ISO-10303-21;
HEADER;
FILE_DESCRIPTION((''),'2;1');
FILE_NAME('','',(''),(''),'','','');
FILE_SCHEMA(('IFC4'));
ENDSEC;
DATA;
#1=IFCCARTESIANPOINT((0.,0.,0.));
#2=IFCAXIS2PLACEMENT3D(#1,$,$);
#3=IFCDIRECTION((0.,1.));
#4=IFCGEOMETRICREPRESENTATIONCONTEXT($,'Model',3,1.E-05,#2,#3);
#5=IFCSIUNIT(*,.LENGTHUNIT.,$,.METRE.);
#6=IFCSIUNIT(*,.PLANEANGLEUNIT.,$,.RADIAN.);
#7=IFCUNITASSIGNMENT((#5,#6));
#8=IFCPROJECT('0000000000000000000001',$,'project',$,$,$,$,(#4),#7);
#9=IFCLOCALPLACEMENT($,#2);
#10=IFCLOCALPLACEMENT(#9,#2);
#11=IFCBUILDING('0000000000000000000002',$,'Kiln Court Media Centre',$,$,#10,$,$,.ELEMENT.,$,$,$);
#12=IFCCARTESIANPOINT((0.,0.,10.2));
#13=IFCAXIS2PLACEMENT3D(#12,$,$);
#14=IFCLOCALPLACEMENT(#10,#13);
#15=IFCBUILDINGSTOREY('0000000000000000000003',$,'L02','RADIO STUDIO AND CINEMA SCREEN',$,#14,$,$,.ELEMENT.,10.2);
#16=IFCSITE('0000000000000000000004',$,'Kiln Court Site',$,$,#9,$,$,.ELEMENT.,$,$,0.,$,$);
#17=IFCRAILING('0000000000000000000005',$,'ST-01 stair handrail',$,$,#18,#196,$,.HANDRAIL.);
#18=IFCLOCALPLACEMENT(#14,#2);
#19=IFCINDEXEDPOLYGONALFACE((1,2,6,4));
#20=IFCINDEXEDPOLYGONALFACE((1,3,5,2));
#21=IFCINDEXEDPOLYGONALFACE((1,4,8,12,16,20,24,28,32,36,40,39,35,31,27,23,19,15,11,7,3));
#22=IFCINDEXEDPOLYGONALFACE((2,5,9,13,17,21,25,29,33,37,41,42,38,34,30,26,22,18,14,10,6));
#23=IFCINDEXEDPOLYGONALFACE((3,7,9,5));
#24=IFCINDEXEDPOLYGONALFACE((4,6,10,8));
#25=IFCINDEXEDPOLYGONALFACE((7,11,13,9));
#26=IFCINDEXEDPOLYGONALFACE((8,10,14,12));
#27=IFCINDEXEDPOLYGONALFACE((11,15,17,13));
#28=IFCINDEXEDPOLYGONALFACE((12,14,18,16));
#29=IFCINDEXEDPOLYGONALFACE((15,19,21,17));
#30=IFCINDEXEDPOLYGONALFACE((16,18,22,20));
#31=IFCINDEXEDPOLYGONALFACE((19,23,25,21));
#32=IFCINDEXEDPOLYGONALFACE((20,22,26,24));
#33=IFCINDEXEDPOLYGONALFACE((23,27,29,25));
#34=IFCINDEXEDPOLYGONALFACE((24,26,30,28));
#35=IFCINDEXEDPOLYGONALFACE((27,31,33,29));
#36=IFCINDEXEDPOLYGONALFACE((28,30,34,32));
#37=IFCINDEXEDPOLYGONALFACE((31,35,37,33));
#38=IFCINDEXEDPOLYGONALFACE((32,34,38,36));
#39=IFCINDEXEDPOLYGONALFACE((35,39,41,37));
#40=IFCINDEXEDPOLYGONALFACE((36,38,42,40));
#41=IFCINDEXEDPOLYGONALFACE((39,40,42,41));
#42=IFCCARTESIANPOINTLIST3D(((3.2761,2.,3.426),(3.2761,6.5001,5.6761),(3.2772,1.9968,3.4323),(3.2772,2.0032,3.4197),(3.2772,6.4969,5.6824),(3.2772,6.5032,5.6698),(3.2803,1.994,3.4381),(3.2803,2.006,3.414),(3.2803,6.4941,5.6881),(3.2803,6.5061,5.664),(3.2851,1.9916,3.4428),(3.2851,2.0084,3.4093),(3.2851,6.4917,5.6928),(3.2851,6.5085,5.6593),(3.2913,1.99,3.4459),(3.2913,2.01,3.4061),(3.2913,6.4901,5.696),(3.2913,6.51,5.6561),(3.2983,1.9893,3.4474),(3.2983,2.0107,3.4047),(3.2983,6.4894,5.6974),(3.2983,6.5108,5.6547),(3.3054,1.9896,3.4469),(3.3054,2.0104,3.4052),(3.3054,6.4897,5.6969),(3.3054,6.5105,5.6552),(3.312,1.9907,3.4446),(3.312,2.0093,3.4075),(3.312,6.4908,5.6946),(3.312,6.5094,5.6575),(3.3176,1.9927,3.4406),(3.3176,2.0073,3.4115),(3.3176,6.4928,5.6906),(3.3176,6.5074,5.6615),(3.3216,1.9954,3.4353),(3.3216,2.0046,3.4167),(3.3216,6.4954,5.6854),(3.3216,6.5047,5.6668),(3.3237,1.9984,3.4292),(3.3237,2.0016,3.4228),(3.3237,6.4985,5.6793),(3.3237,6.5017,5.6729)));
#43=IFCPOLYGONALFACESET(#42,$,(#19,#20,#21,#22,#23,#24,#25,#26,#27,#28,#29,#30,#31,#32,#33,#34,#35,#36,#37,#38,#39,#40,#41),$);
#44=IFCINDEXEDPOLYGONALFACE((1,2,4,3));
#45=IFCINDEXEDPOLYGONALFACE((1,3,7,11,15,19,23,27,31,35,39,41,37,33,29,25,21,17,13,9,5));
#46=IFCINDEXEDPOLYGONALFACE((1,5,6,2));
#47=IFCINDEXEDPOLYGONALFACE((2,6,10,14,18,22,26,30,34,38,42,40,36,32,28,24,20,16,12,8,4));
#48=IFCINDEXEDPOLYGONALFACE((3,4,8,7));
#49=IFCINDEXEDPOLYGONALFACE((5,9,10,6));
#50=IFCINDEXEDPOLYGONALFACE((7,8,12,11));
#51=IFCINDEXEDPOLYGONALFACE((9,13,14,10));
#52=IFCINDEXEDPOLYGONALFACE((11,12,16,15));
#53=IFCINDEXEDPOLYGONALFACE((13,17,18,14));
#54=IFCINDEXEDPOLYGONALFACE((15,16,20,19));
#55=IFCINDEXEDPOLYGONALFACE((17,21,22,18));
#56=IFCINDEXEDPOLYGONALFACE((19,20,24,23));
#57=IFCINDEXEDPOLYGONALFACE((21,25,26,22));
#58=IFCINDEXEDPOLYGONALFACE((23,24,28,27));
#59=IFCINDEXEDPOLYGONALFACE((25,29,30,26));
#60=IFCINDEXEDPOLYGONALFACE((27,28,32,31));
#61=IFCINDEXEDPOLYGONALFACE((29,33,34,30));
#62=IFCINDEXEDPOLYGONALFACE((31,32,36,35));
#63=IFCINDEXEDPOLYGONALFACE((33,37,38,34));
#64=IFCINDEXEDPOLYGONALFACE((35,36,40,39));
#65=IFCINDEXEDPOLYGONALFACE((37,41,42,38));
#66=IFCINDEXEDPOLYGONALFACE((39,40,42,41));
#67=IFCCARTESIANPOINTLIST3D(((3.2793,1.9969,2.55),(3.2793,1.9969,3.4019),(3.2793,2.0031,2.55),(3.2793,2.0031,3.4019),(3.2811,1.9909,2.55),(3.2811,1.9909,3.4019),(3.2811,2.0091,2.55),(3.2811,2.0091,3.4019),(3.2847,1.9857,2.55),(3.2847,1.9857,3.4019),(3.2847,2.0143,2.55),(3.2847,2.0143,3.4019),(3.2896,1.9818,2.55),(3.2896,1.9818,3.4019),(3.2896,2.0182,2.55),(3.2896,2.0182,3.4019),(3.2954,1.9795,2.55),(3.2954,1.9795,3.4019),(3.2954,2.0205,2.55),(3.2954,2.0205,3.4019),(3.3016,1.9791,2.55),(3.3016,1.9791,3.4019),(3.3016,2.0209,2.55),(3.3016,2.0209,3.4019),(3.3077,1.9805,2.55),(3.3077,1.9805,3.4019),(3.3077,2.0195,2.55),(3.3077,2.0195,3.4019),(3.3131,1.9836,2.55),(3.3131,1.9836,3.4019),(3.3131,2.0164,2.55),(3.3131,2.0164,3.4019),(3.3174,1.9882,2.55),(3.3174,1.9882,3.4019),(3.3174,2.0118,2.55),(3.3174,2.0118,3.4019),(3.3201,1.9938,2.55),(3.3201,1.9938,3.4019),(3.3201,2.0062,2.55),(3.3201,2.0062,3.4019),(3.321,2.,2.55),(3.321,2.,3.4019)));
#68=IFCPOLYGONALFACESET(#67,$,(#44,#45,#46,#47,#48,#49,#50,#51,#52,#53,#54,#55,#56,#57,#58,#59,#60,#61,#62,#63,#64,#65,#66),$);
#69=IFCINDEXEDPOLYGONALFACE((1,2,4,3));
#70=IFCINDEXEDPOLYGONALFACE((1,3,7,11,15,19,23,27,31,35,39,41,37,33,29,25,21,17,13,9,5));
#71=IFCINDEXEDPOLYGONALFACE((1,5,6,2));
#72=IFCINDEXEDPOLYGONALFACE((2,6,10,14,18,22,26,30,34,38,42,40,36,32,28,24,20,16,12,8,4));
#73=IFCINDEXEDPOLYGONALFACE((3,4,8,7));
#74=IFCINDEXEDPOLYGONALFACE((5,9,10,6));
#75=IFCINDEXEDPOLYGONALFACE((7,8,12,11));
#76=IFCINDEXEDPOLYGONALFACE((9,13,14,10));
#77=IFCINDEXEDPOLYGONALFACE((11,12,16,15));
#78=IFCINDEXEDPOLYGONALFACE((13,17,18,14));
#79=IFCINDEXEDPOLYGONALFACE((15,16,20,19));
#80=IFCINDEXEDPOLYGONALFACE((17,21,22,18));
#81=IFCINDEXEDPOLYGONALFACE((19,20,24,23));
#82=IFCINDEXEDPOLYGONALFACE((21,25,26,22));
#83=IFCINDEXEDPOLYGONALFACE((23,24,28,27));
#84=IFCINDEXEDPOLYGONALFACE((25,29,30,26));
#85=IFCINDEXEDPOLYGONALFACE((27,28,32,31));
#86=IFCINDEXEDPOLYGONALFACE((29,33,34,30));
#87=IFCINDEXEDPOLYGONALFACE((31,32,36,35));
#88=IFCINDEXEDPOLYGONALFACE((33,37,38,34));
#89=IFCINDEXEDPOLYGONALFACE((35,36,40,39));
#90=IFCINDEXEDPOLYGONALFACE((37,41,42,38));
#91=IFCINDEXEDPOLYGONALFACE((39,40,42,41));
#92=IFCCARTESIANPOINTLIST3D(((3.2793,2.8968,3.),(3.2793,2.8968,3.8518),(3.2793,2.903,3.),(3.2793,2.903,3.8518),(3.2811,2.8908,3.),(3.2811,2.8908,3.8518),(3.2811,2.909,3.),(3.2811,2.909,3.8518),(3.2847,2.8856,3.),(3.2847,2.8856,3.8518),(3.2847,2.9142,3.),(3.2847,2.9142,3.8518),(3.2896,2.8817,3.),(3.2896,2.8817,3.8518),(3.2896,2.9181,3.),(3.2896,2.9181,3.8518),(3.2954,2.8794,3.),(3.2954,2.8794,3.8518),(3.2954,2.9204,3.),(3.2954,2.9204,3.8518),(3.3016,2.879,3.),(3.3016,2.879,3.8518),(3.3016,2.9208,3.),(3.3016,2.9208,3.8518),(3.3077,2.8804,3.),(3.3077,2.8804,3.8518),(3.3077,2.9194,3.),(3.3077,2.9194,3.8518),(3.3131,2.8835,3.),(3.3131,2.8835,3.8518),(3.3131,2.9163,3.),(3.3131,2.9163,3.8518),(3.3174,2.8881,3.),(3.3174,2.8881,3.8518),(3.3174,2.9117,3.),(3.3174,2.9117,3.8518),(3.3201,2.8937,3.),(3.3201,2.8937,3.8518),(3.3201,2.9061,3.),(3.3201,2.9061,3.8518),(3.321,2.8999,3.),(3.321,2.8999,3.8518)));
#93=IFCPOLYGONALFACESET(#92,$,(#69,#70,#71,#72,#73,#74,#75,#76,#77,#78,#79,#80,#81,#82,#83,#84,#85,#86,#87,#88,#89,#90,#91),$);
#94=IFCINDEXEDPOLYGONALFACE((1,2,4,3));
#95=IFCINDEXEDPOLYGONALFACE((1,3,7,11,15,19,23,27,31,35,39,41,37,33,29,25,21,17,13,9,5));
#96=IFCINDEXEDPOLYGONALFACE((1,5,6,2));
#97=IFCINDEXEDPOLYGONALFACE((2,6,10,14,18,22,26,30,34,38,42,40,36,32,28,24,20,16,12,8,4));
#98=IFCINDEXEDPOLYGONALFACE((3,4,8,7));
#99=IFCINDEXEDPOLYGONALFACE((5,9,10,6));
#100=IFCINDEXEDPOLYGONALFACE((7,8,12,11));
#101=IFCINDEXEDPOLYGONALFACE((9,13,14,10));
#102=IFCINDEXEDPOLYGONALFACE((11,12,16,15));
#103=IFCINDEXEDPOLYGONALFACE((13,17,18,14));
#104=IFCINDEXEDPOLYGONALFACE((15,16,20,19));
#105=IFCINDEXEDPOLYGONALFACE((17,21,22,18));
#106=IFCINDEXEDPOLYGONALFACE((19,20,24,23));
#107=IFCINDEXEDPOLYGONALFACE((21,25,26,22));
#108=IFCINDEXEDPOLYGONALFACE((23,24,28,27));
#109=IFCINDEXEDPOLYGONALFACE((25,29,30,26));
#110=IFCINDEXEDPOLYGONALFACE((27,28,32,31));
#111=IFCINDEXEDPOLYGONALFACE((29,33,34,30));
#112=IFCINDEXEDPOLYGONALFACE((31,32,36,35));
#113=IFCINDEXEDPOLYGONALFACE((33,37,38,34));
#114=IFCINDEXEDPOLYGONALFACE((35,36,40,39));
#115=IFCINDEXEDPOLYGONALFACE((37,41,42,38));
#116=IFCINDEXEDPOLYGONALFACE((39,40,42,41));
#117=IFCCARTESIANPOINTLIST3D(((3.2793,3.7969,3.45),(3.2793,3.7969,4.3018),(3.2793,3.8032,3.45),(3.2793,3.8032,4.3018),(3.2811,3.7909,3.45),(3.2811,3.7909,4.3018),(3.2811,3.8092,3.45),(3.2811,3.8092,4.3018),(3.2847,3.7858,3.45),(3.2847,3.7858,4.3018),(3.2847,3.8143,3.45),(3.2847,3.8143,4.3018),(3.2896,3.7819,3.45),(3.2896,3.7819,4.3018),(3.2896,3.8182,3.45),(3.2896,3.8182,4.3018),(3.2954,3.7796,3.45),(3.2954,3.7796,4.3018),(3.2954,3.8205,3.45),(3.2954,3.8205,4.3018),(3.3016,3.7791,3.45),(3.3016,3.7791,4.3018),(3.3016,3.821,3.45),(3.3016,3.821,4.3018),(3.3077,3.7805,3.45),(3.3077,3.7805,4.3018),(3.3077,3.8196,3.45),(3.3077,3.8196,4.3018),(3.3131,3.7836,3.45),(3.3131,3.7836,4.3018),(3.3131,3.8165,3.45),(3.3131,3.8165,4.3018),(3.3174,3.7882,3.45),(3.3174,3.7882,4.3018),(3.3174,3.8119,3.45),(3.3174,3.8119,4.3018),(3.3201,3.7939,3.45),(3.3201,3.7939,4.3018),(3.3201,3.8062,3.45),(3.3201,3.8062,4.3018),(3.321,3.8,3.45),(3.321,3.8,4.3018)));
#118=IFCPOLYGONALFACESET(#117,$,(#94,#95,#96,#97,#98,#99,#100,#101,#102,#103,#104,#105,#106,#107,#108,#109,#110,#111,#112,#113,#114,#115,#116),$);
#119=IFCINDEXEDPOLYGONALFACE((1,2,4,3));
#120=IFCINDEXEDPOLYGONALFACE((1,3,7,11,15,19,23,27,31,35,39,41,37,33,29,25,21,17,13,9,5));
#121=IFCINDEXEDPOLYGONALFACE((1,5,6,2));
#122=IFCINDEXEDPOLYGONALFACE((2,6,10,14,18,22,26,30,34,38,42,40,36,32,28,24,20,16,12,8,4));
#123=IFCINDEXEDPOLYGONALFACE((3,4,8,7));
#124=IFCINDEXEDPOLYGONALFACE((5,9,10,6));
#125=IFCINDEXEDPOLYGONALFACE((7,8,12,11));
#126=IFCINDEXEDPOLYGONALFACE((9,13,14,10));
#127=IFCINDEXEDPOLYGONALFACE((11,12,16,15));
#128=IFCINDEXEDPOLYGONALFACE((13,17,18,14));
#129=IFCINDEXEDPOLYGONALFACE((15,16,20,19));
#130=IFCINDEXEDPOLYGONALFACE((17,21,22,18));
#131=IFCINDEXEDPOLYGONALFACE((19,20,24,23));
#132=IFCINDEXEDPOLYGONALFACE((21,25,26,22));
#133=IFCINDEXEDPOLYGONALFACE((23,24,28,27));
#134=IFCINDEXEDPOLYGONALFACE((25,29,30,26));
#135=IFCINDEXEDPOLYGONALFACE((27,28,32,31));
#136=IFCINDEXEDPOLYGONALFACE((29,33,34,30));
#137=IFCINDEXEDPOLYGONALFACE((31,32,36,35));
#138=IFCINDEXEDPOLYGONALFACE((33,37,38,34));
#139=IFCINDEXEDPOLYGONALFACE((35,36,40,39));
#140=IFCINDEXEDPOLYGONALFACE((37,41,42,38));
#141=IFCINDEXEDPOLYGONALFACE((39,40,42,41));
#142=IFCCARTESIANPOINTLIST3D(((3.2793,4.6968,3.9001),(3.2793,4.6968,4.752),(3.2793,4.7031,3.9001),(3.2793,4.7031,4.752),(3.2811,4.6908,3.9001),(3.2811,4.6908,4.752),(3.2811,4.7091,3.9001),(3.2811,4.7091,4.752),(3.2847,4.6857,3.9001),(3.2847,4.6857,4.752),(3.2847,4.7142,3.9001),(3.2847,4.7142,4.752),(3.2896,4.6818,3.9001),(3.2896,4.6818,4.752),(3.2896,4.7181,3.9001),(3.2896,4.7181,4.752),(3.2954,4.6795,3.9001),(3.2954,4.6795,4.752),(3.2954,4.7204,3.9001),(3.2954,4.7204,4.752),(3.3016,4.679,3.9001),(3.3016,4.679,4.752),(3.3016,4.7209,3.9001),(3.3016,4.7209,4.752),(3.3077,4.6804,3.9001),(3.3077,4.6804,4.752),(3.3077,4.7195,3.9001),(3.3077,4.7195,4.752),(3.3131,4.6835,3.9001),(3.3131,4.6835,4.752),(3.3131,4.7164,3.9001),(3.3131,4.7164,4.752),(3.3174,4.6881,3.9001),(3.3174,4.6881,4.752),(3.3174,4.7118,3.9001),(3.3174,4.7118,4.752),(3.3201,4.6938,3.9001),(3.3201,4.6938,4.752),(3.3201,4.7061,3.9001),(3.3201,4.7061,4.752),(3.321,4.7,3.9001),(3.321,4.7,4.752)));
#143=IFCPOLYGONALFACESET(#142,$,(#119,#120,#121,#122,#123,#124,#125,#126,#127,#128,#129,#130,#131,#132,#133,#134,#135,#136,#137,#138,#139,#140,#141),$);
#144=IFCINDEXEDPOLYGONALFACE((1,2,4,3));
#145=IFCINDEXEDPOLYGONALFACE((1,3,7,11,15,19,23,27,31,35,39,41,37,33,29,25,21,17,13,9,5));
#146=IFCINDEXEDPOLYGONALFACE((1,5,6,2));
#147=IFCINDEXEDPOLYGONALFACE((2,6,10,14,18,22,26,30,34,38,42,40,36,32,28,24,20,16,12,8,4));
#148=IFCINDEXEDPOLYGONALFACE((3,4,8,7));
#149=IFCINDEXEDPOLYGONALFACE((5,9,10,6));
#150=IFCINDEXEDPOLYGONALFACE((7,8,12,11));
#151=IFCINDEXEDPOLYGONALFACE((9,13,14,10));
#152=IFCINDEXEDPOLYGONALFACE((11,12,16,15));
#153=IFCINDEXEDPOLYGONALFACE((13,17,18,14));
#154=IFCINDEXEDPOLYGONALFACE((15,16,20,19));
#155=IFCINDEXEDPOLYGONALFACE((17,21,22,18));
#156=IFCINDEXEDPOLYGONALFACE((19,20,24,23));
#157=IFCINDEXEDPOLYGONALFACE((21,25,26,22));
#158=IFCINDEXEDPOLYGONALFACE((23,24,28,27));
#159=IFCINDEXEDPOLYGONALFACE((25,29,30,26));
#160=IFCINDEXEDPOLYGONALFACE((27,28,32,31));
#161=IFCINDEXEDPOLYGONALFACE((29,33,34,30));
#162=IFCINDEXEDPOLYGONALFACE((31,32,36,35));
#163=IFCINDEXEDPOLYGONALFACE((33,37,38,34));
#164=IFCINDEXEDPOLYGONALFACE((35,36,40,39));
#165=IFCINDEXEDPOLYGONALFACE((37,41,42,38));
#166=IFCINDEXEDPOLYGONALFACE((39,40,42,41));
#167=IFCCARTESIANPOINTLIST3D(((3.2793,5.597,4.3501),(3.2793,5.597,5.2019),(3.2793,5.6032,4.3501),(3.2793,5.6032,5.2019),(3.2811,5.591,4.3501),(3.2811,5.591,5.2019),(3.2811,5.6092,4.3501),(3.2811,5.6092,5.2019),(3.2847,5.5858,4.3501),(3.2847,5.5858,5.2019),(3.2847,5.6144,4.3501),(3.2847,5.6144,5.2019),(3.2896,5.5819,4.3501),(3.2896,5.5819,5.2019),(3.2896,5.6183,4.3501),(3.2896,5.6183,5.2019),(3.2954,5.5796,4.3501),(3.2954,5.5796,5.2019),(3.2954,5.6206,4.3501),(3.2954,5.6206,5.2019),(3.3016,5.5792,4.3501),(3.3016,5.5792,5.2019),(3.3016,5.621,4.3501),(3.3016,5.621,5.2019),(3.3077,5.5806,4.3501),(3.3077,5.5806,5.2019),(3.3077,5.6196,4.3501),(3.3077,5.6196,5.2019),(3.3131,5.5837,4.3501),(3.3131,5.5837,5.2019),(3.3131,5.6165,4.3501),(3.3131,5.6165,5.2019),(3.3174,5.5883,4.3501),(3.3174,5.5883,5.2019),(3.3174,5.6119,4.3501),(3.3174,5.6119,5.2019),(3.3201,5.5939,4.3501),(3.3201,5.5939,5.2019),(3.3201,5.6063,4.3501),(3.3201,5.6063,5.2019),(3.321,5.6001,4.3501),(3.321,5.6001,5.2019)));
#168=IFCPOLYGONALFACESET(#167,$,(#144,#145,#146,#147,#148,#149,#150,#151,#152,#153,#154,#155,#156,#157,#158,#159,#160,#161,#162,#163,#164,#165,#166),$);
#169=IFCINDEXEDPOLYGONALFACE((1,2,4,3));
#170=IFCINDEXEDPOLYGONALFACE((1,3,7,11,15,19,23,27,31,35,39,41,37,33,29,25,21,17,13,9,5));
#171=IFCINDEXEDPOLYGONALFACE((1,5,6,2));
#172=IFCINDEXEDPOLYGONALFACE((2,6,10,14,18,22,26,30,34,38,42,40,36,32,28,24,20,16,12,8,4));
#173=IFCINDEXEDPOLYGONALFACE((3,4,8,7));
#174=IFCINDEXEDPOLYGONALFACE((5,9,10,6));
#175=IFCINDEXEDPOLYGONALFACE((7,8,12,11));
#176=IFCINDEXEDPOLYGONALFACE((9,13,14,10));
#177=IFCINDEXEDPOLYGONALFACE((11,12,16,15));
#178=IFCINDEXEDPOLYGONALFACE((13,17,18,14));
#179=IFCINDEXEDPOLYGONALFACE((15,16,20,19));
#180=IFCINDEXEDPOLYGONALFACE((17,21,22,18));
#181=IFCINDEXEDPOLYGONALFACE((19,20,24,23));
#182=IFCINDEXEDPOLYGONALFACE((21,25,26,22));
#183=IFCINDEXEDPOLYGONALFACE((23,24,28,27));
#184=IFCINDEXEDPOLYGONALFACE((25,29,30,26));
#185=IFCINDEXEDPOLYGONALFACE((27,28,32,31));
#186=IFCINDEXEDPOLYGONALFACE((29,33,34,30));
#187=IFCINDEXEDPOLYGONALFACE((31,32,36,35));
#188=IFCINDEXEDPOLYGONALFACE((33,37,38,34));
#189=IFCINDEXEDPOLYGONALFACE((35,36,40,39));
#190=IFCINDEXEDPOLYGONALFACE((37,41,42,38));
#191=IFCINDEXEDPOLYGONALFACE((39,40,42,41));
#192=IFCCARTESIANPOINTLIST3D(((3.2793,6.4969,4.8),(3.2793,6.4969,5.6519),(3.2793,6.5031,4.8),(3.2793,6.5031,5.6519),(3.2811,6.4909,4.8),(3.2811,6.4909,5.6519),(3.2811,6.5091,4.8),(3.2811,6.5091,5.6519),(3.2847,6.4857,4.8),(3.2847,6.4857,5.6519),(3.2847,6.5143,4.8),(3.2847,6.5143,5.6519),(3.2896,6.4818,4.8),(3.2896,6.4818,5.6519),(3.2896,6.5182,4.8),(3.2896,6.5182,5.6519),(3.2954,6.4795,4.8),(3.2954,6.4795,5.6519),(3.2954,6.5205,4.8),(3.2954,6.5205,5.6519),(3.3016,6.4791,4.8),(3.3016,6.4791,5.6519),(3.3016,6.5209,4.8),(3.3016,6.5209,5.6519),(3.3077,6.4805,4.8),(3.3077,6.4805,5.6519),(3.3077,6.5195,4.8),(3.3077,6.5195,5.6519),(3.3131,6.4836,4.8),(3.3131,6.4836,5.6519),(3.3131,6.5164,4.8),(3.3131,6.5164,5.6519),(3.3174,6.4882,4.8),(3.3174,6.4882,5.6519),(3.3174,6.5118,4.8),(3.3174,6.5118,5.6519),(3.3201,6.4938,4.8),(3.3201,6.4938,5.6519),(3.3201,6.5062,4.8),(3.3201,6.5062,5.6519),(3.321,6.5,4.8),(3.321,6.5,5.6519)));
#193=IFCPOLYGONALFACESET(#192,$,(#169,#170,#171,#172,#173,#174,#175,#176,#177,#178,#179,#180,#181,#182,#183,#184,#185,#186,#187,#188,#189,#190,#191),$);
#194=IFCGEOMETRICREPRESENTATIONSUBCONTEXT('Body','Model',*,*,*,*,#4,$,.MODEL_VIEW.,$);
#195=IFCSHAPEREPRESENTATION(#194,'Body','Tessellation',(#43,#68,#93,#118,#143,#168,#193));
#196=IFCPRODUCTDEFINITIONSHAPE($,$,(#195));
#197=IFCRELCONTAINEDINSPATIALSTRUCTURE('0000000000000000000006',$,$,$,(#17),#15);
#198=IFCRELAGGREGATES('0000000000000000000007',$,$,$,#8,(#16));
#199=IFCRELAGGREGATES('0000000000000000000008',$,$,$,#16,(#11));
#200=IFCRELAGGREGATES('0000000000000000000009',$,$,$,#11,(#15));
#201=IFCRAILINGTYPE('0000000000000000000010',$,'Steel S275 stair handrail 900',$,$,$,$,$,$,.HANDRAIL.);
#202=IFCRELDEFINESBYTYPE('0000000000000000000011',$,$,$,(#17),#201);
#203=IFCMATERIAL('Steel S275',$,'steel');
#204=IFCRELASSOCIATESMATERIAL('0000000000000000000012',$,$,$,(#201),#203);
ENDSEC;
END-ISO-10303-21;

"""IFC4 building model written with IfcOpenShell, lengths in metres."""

from ifc_helpers import new_model, si_unit, direction, frame, origin, origin_2d, place, context, subcontext, project, spatial, circle, extrude, material, type_object, element, save


model = new_model("IFC4")

# Units and contexts
model_context = context("Model", 3, precision=1e-05, world=origin(), true_north=direction((0.0, 1.0)))
body_context = subcontext(model_context, "Body", "Model", "MODEL_VIEW")
ifc_project = project(units=[si_unit("LENGTHUNIT", "METRE"), si_unit("PLANEANGLEUNIT", "RADIAN")], contexts=[model_context])

# Site, building, storey
site_placement = place(None, origin())
site = spatial("IfcSite", under=ifc_project, at=site_placement, Name="Kiln Court Site", CompositionType="ELEMENT", RefElevation=0.0)
building_placement = place(site_placement, origin())
building = spatial("IfcBuilding", under=site, at=building_placement, Name="Kiln Court Media Centre", CompositionType="ELEMENT")
storey_placement = place(building_placement, frame((0.0, 0.0, 10.2)))
storey = spatial("IfcBuildingStorey", under=building, at=storey_placement, Name="L02", Description="RADIO STUDIO AND CINEMA SCREEN", CompositionType="ELEMENT", Elevation=10.2)

# Railing
ifc_material_1 = material(Name="Steel S275", Category="steel")
railing_type_1 = type_object("IfcRailingType", Name="Steel S275 stair handrail 900", PredefinedType="HANDRAIL", material=ifc_material_1)
railing_1_placement = place(storey_placement, frame((3.3, 2.0, 2.55)))
element("IfcRailing", 1, at=railing_1_placement, inside=storey, type_object=railing_type_1, Name="ST-01 stair handrail", PredefinedType="HANDRAIL", context=body_context, shape_type="SweptSolid", body=[
    extrude(circle(Radius=0.0239, at=origin_2d()), frame((0.0, 0.0, 0.876), z_axis=(0.0, 0.894427, 0.447214), x_axis=(-1.0, 0.0, 0.0)), (0.0, 0.0, 1.0), 5.0312),
    extrude(circle(Radius=0.021, at=origin_2d()), origin(), (0.0, 0.0, 1.0), 0.8518),
    extrude(circle(Radius=0.021, at=origin_2d()), frame((0.0, 0.8999, 0.45)), (0.0, 0.0, 1.0), 0.8518),
    extrude(circle(Radius=0.021, at=origin_2d()), frame((0.0, 1.8, 0.8999)), (0.0, 0.0, 1.0), 0.8518),
    extrude(circle(Radius=0.021, at=origin_2d()), frame((0.0, 2.7, 1.3501)), (0.0, 0.0, 1.0), 0.8518),
    extrude(circle(Radius=0.021, at=origin_2d()), frame((0.0, 3.6001, 1.8)), (0.0, 0.0, 1.0), 0.8518),
    extrude(circle(Radius=0.021, at=origin_2d()), frame((0.0, 4.5, 2.25)), (0.0, 0.0, 1.0), 0.8518),
])

save(model, "model.ifc")
